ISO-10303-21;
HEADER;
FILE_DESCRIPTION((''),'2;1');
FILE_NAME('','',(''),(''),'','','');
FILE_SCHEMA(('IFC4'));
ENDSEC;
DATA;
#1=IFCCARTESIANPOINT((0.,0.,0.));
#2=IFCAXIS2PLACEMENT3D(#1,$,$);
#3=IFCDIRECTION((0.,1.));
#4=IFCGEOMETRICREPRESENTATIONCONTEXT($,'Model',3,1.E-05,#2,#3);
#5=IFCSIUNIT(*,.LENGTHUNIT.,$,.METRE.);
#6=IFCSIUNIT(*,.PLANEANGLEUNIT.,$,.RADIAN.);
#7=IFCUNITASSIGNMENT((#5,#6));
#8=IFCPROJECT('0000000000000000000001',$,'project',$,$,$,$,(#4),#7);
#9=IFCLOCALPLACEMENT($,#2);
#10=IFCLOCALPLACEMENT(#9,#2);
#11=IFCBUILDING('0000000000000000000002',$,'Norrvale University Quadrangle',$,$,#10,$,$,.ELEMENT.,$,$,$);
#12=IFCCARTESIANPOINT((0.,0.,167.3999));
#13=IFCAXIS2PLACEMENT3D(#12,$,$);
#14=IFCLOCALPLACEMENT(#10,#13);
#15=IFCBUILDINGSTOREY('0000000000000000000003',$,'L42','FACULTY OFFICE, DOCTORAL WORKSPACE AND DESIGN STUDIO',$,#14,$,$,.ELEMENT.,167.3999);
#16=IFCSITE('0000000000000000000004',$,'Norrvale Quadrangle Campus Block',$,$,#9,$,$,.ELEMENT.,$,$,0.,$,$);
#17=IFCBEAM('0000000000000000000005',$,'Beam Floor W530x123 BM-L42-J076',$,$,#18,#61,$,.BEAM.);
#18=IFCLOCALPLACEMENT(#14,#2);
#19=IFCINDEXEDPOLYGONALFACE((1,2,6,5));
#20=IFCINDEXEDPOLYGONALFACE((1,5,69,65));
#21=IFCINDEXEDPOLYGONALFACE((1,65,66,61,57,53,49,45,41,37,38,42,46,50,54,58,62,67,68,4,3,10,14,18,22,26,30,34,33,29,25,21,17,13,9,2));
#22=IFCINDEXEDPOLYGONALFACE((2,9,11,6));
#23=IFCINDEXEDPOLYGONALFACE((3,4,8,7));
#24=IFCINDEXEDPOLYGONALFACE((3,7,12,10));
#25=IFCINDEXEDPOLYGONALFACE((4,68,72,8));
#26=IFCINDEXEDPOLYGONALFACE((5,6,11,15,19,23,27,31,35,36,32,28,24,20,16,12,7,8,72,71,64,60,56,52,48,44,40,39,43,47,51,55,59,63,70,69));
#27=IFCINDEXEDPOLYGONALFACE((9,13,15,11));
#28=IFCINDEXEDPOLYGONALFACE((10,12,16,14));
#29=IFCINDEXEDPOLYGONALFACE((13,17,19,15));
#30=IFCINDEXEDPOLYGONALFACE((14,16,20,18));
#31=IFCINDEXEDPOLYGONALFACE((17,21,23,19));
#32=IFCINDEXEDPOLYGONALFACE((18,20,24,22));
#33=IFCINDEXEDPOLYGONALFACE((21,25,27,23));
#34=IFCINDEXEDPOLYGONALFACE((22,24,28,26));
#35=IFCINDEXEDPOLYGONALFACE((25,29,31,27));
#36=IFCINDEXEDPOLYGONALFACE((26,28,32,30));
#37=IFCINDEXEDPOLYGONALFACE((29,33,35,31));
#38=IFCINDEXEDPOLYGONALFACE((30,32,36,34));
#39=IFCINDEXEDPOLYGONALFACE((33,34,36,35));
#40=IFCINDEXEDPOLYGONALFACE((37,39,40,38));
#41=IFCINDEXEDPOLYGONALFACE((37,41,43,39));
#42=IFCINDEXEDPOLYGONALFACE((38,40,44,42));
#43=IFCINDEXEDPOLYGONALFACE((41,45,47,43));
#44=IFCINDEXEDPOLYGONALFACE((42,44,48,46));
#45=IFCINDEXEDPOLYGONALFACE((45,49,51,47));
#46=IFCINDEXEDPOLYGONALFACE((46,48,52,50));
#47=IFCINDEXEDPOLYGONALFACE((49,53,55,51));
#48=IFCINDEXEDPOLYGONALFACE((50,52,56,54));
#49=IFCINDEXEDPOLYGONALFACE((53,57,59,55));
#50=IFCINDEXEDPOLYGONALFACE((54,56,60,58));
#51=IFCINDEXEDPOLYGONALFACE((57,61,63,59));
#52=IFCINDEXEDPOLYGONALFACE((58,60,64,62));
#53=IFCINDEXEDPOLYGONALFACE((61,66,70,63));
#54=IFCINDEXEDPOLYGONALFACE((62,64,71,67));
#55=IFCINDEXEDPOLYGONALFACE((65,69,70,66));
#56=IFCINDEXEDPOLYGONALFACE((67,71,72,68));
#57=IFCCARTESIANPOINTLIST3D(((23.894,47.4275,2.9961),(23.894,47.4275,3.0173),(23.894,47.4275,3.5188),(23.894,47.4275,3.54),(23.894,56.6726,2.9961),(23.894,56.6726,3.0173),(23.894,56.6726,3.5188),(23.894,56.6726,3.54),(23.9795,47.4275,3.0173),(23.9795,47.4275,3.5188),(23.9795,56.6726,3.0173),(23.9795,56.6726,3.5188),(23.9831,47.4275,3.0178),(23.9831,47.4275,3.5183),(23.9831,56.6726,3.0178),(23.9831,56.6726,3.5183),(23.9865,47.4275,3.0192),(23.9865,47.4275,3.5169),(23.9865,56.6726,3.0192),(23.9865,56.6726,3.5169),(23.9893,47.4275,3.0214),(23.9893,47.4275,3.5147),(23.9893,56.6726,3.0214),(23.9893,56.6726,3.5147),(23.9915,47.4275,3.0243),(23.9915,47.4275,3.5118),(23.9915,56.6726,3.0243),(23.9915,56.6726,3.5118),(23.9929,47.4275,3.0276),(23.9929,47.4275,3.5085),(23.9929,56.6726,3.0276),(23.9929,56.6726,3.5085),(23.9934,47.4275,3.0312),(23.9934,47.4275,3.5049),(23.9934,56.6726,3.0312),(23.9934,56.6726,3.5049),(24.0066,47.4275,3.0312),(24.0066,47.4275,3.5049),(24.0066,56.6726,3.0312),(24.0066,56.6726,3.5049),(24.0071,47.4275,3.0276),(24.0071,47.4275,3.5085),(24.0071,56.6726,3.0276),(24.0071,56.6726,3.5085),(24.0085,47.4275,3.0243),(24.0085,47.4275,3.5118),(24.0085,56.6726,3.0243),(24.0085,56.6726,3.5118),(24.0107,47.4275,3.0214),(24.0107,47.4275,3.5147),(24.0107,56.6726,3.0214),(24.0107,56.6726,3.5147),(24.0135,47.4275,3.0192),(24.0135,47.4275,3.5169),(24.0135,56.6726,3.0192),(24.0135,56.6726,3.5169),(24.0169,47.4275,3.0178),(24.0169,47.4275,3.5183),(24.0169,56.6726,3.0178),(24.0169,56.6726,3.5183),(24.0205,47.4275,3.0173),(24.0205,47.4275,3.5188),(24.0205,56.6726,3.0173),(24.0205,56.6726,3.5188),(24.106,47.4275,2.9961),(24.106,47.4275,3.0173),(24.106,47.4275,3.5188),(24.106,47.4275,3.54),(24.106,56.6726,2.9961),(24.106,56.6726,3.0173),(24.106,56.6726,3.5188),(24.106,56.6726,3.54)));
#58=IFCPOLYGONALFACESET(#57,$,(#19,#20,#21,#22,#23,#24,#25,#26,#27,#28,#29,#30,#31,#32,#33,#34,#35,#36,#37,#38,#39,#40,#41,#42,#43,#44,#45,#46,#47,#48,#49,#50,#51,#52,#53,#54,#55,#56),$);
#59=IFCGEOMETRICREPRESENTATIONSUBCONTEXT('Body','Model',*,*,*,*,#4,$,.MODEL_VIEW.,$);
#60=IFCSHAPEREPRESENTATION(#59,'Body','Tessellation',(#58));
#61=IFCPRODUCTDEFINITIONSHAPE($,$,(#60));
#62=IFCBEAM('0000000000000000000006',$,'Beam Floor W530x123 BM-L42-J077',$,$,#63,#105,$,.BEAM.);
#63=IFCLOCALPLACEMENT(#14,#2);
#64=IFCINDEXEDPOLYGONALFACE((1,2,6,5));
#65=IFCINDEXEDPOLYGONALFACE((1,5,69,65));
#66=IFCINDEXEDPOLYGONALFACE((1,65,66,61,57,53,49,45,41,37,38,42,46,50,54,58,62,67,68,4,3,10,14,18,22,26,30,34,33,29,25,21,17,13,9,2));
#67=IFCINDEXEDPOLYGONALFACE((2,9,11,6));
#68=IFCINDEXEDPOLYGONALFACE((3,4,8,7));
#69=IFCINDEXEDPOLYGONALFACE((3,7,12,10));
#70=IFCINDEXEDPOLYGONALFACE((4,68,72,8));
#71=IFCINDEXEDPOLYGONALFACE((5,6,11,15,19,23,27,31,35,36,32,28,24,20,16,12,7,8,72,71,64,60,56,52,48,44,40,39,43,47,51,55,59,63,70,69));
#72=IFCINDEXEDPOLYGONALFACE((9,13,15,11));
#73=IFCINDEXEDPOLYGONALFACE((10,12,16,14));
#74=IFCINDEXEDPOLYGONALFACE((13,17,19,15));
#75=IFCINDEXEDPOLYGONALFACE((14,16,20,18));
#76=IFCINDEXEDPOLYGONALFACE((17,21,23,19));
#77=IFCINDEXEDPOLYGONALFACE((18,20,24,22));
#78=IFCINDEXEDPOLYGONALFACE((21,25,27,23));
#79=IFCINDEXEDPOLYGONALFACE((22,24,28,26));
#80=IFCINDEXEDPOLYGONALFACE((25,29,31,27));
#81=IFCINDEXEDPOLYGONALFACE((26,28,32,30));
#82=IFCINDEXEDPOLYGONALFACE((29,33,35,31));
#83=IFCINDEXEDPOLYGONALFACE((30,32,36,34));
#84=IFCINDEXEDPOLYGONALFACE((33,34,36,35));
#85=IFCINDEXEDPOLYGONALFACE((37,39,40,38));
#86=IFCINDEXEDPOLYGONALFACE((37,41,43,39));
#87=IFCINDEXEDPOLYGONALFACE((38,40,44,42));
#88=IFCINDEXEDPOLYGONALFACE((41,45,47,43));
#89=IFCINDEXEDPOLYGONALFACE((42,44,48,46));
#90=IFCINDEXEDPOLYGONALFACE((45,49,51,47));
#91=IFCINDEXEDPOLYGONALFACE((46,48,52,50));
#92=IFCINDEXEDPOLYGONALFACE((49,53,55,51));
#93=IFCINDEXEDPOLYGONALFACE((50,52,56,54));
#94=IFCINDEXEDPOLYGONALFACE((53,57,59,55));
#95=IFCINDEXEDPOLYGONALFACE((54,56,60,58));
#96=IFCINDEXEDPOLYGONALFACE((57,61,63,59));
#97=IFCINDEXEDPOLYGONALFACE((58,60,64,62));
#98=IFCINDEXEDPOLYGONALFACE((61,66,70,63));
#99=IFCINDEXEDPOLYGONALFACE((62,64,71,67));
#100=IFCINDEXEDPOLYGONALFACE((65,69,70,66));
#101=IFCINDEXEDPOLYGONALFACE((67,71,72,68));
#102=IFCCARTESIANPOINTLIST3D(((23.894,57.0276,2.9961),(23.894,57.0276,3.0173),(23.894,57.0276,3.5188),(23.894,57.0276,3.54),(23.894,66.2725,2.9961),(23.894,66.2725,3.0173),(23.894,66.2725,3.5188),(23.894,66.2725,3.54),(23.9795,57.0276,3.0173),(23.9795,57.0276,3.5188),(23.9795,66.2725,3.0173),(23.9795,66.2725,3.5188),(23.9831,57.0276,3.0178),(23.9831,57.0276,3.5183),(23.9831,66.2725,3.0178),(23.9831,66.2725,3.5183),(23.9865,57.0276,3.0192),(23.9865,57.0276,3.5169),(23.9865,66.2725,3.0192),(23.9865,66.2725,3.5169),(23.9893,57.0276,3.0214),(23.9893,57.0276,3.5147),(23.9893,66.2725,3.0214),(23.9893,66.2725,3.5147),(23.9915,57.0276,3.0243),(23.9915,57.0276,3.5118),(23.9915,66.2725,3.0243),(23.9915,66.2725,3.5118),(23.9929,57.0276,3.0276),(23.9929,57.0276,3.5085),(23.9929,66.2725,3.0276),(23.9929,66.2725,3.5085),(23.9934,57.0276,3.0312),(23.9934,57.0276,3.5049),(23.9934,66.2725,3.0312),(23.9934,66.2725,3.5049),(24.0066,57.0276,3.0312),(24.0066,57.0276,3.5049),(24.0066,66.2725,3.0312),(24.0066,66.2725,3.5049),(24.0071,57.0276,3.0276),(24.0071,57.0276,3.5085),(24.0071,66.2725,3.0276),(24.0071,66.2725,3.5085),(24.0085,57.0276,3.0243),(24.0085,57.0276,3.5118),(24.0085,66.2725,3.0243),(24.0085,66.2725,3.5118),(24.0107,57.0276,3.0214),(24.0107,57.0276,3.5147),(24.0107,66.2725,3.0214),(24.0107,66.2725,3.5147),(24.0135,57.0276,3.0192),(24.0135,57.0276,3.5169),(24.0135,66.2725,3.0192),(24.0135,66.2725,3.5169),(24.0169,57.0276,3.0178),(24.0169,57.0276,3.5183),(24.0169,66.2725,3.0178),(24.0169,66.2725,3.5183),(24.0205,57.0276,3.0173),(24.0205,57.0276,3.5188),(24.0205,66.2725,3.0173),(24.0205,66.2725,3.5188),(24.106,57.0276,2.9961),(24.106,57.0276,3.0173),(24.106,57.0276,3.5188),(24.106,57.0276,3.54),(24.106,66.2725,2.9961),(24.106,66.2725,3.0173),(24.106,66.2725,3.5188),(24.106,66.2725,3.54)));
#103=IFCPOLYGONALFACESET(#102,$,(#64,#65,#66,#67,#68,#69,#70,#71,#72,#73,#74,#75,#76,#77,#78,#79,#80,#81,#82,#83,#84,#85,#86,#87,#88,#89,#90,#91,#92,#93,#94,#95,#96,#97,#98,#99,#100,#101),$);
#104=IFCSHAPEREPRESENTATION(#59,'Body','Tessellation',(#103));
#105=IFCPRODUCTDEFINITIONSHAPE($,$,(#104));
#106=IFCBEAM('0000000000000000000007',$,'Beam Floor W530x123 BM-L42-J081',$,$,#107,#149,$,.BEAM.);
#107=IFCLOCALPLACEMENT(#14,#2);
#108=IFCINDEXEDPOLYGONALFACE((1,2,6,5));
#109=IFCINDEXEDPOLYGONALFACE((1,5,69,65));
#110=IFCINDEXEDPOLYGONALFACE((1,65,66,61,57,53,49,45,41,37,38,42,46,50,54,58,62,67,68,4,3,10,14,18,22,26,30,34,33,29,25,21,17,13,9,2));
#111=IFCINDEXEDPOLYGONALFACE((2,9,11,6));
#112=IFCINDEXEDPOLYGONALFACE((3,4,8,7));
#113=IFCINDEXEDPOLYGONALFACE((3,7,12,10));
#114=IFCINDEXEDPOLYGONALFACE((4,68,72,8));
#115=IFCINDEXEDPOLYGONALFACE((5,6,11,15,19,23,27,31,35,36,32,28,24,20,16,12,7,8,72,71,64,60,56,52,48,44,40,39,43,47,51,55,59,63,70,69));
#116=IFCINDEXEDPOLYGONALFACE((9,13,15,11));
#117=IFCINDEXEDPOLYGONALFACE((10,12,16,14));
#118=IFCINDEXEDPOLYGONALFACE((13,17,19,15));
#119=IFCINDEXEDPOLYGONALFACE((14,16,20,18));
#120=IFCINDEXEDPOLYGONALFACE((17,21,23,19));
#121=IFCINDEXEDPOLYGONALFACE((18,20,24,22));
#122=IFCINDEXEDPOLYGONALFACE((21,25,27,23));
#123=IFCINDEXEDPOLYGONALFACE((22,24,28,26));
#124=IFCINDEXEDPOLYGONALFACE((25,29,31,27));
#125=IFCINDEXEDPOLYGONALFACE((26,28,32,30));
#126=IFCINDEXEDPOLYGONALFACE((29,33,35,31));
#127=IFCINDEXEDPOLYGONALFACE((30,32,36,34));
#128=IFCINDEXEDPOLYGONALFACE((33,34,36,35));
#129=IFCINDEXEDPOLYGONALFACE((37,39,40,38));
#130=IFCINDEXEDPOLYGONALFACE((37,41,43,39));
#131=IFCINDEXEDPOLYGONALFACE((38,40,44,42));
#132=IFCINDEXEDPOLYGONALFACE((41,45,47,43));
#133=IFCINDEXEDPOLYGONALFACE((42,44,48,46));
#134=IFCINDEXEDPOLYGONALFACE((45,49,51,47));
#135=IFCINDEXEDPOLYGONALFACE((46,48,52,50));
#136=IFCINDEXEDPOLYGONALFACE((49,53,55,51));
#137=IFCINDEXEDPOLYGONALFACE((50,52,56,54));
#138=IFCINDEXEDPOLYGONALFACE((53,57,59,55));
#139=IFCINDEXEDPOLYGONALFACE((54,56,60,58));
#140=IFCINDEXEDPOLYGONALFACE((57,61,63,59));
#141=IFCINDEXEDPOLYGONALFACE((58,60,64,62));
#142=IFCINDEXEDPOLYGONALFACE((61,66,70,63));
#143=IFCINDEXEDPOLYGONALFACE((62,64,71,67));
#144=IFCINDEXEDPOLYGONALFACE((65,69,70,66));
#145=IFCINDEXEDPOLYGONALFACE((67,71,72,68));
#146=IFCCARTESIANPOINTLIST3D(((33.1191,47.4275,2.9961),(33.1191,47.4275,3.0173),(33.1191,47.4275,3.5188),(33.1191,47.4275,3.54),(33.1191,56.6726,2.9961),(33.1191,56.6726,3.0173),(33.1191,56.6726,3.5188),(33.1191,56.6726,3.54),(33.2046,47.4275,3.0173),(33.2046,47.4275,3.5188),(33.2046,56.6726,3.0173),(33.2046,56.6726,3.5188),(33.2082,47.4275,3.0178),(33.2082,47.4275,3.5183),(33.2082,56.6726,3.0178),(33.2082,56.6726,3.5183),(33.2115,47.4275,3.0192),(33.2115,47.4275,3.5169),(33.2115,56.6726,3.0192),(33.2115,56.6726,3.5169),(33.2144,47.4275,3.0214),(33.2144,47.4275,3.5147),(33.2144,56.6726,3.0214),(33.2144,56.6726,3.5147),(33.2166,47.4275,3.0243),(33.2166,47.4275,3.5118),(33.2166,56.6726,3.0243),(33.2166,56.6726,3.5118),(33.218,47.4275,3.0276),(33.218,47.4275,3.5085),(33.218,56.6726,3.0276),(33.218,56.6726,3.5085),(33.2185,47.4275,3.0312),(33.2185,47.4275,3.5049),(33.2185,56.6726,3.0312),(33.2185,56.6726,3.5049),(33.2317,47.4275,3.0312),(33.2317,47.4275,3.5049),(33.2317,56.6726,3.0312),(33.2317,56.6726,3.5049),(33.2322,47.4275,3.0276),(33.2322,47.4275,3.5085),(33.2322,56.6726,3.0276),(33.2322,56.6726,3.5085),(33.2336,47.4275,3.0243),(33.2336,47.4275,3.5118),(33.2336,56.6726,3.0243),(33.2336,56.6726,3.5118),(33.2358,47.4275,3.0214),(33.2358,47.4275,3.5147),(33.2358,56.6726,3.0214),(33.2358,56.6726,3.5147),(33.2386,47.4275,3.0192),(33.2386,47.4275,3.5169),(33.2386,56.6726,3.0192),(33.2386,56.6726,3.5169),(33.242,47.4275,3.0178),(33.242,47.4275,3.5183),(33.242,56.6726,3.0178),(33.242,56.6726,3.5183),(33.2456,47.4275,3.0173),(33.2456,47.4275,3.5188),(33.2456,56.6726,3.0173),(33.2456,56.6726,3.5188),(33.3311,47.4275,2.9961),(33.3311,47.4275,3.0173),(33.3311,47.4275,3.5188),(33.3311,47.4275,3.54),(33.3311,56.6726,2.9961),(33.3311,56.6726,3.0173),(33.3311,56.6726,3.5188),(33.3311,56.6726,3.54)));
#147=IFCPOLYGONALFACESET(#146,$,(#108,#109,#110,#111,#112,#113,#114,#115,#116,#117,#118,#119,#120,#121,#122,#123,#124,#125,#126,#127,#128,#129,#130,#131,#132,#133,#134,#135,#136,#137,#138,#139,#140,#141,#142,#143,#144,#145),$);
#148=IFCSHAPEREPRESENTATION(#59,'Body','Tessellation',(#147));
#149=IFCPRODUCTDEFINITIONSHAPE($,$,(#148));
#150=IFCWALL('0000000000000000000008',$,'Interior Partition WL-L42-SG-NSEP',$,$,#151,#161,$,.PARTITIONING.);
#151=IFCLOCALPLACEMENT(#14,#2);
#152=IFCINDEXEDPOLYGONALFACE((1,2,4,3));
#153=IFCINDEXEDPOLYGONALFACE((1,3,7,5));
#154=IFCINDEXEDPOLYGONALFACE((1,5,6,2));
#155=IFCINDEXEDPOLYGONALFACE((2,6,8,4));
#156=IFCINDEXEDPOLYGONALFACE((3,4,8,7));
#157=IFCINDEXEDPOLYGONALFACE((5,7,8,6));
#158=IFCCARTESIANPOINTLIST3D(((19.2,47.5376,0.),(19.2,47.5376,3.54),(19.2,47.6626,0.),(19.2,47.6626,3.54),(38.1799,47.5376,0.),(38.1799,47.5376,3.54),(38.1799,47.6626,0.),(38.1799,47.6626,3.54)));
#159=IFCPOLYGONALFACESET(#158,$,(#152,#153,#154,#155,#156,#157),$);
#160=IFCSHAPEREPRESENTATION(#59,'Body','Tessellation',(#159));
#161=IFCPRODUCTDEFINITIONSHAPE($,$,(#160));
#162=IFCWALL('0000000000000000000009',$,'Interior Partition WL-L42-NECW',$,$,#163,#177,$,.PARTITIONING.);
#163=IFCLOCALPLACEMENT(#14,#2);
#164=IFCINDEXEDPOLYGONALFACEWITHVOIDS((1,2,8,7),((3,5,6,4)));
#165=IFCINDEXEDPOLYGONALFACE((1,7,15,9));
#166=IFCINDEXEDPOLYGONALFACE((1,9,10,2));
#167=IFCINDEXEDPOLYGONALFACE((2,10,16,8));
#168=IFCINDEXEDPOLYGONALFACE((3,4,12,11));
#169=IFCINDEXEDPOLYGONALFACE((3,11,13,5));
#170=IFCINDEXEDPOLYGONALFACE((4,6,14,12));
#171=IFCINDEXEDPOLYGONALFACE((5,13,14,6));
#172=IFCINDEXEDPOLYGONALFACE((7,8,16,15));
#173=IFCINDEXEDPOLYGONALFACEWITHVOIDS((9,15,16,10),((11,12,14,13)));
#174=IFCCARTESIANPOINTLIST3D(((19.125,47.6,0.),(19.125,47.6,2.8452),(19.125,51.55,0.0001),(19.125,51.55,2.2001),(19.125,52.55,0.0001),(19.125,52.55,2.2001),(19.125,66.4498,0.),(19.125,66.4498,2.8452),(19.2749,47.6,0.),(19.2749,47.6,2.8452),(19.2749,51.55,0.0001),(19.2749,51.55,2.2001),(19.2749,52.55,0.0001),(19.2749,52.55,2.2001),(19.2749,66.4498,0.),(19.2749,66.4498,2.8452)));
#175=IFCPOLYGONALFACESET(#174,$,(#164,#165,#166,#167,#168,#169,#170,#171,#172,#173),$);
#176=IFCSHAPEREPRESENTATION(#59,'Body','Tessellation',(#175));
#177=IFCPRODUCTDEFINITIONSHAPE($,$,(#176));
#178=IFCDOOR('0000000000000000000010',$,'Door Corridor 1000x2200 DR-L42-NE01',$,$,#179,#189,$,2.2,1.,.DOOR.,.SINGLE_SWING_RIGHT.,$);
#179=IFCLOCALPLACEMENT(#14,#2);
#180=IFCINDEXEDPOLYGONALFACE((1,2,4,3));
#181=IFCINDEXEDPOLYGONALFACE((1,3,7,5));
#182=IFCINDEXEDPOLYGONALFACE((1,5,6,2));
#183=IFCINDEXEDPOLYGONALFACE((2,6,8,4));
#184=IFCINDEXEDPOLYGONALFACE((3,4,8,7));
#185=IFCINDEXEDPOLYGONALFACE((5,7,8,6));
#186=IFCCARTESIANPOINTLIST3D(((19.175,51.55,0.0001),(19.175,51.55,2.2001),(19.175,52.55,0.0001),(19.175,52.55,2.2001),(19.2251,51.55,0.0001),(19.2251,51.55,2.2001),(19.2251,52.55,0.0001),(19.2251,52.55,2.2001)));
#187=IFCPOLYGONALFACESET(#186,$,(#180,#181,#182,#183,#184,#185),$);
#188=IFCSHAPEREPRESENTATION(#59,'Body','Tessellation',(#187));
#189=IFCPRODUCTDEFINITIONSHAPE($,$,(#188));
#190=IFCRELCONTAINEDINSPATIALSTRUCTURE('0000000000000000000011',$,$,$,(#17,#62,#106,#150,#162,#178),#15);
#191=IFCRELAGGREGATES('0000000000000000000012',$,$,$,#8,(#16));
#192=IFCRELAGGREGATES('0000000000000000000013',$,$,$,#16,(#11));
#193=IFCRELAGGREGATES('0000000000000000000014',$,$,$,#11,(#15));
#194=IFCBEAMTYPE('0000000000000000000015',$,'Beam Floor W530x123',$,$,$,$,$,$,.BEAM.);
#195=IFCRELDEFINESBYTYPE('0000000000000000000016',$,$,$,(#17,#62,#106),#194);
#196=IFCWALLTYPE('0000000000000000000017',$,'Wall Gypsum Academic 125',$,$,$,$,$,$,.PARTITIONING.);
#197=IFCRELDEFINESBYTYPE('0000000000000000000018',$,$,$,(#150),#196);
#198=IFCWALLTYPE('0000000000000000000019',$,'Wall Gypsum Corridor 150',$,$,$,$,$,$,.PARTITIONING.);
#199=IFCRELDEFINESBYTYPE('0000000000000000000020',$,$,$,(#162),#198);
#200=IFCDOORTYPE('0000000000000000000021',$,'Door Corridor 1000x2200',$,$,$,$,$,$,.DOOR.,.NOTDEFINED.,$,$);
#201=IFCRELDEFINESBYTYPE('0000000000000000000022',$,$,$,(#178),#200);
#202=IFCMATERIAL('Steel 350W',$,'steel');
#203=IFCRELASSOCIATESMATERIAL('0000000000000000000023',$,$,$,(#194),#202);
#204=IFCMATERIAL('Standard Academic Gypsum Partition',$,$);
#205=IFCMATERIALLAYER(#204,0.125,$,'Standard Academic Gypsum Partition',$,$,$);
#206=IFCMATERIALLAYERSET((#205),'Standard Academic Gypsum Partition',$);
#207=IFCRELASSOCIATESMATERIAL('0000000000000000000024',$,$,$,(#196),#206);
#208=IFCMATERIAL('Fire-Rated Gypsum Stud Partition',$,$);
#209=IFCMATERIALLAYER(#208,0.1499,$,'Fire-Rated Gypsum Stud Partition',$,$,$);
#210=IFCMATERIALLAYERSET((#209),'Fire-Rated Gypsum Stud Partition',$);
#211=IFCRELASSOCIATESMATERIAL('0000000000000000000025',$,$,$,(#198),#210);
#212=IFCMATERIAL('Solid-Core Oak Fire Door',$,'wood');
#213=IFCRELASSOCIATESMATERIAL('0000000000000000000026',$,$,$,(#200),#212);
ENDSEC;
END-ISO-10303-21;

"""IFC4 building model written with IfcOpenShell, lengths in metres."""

from ifc_helpers import new_model, si_unit, direction, frame, frame_2d, origin, origin_2d, place, context, subcontext, project, spatial, rectangle, i_section, extrude, material, layer, layer_set, material_profile, profile_set, type_object, element, fill, save


model = new_model("IFC4")

# Units and contexts
model_context = context("Model", 3, precision=1e-05, world=origin(), true_north=direction((0.0, 1.0)))
body_context = subcontext(model_context, "Body", "Model", "MODEL_VIEW")
ifc_project = project(units=[si_unit("LENGTHUNIT", "METRE"), si_unit("PLANEANGLEUNIT", "RADIAN")], contexts=[model_context])

# Site, building, storey
site_placement = place(None, origin())
site = spatial("IfcSite", under=ifc_project, at=site_placement, Name="Norrvale Quadrangle Campus Block", CompositionType="ELEMENT", RefElevation=0.0)
building_placement = place(site_placement, origin())
building = spatial("IfcBuilding", under=site, at=building_placement, Name="Norrvale University Quadrangle", CompositionType="ELEMENT")
storey_placement = place(building_placement, frame((0.0, 0.0, 167.3999)))
storey = spatial("IfcBuildingStorey", under=building, at=storey_placement, Name="L42", Description="FACULTY OFFICE, DOCTORAL WORKSPACE AND DESIGN STUDIO", CompositionType="ELEMENT", Elevation=167.3999)

# Beams
ifc_material_1 = material(Name="Steel 350W", Category="steel")
ifc_material_profile_1 = material_profile(ifc_material_1, i_section(OverallWidth=0.2119, OverallDepth=0.5439, WebThickness=0.0132, FlangeThickness=0.0212, FilletRadius=0.0139, at=origin_2d()), Name="Steel 350W")
ifc_profile_set_1 = profile_set([ifc_material_profile_1], Name="Steel 350W")
beam_type_1 = type_object("IfcBeamType", Name="Beam Floor W530x123", PredefinedType="BEAM", material=ifc_profile_set_1)
beam_1_placement = place(storey_placement, frame((24.0, 47.4275, 3.2681), z_axis=(0.0, 1.0, 0.0), x_axis=(-1.0, 0.0, 0.0)))
element("IfcBeam", 1, at=beam_1_placement, inside=storey, type_object=beam_type_1, Name="Beam Floor W530x123 BM-L42-J076", PredefinedType="BEAM", context=body_context, shape_type="SweptSolid", body=[
    extrude(i_section(OverallWidth=0.2119, OverallDepth=0.5439, WebThickness=0.0132, FlangeThickness=0.0212, FilletRadius=0.0139, at=origin_2d()), origin(), (0.0, 0.0, 1.0), 9.2451),
])
beam_2_placement = place(storey_placement, frame((24.0, 57.0276, 3.2681), z_axis=(0.0, 1.0, 0.0), x_axis=(-1.0, 0.0, 0.0)))
element("IfcBeam", 2, at=beam_2_placement, inside=storey, type_object=beam_type_1, Name="Beam Floor W530x123 BM-L42-J077", PredefinedType="BEAM", context=body_context, shape_type="SweptSolid", body=[
    extrude(i_section(OverallWidth=0.2119, OverallDepth=0.5439, WebThickness=0.0132, FlangeThickness=0.0212, FilletRadius=0.0139, at=origin_2d()), origin(), (0.0, 0.0, 1.0), 9.2449),
])
beam_3_placement = place(storey_placement, frame((33.2251, 47.4275, 3.2681), z_axis=(0.0, 1.0, 0.0), x_axis=(-1.0, 0.0, 0.0)))
element("IfcBeam", 3, at=beam_3_placement, inside=storey, type_object=beam_type_1, Name="Beam Floor W530x123 BM-L42-J081", PredefinedType="BEAM", context=body_context, shape_type="SweptSolid", body=[
    extrude(i_section(OverallWidth=0.2119, OverallDepth=0.5439, WebThickness=0.0132, FlangeThickness=0.0212, FilletRadius=0.0139, at=origin_2d()), origin(), (0.0, 0.0, 1.0), 9.2451),
])

# Wall
ifc_material_2 = material(Name="Standard Academic Gypsum Partition")
ifc_layer_1 = layer(ifc_material_2, 0.125, Name="Standard Academic Gypsum Partition")
ifc_layer_set_1 = layer_set([ifc_layer_1], Name="Standard Academic Gypsum Partition")
wall_type_1 = type_object("IfcWallType", Name="Wall Gypsum Academic 125", PredefinedType="PARTITIONING", material=ifc_layer_set_1)
wall_1_placement = place(storey_placement, frame((19.2, 47.6001, 0.0), z_axis=(0.0, 0.0, 1.0), x_axis=(1.0, 0.0, 0.0)))
element("IfcWall", 4, at=wall_1_placement, inside=storey, type_object=wall_type_1, Name="Interior Partition WL-L42-SG-NSEP", PredefinedType="PARTITIONING", context=body_context, shape_type="SweptSolid", body=[
    extrude(rectangle(XDim=18.98, YDim=0.125, at=frame_2d((9.49, 0.0))), origin(), (0.0, 0.0, 1.0), 3.54),
])

# Wall, opening, door
ifc_material_3 = material(Name="Fire-Rated Gypsum Stud Partition")
ifc_layer_2 = layer(ifc_material_3, 0.1499, Name="Fire-Rated Gypsum Stud Partition")
ifc_layer_set_2 = layer_set([ifc_layer_2], Name="Fire-Rated Gypsum Stud Partition")
wall_type_2 = type_object("IfcWallType", Name="Wall Gypsum Corridor 150", PredefinedType="PARTITIONING", material=ifc_layer_set_2)
wall_2_placement = place(storey_placement, frame((19.2, 47.6001, 0.0), z_axis=(0.0, 0.0, 1.0), x_axis=(0.0, 1.0, 0.0)))
wall_2 = element("IfcWall", 5, at=wall_2_placement, inside=storey, type_object=wall_type_2, Name="Interior Partition WL-L42-NECW", PredefinedType="PARTITIONING", context=body_context, shape_type="SweptSolid", body=[
    extrude(rectangle(XDim=18.8499, YDim=0.1499, at=frame_2d((9.4248, 0.0))), origin(), (0.0, 0.0, 1.0), 2.8452),
])
opening_1_placement = place(wall_2_placement, frame((3.95, 0.0, 0.0)))
opening_1 = element("IfcOpeningElement", 6, at=opening_1_placement, cuts=wall_2, PredefinedType="OPENING", context=body_context, shape_type="SweptSolid", body=[
    extrude(rectangle(XDim=1.0, YDim=2.2, at=frame_2d((0.5, 1.1001))), frame((0.0, 0.0869, 0.0), z_axis=(0.0, -1.0, 0.0), x_axis=(1.0, 0.0, 0.0)), (0.0, 0.0, 1.0), 0.1738),
])
ifc_material_4 = material(Name="Solid-Core Oak Fire Door", Category="wood")
door_type = type_object("IfcDoorType", Name="Door Corridor 1000x2200", OperationType="NOTDEFINED", PredefinedType="DOOR", material=ifc_material_4)
door_placement = place(opening_1_placement, origin())
door = element("IfcDoor", 7, at=door_placement, inside=storey, type_object=door_type, Name="Door Corridor 1000x2200 DR-L42-NE01", OperationType="SINGLE_SWING_RIGHT", OverallHeight=2.2, OverallWidth=1.0, PredefinedType="DOOR", context=body_context, shape_type="SweptSolid", body=[
    extrude(rectangle(XDim=1.0, YDim=2.2, at=frame_2d((0.5, 1.1001))), frame((0.0, 0.0249, 0.0), z_axis=(0.0, -1.0, 0.0), x_axis=(1.0, 0.0, 0.0)), (0.0, 0.0, 1.0), 0.05),
])
fill(opening_1, door)

save(model, "model.ifc")
